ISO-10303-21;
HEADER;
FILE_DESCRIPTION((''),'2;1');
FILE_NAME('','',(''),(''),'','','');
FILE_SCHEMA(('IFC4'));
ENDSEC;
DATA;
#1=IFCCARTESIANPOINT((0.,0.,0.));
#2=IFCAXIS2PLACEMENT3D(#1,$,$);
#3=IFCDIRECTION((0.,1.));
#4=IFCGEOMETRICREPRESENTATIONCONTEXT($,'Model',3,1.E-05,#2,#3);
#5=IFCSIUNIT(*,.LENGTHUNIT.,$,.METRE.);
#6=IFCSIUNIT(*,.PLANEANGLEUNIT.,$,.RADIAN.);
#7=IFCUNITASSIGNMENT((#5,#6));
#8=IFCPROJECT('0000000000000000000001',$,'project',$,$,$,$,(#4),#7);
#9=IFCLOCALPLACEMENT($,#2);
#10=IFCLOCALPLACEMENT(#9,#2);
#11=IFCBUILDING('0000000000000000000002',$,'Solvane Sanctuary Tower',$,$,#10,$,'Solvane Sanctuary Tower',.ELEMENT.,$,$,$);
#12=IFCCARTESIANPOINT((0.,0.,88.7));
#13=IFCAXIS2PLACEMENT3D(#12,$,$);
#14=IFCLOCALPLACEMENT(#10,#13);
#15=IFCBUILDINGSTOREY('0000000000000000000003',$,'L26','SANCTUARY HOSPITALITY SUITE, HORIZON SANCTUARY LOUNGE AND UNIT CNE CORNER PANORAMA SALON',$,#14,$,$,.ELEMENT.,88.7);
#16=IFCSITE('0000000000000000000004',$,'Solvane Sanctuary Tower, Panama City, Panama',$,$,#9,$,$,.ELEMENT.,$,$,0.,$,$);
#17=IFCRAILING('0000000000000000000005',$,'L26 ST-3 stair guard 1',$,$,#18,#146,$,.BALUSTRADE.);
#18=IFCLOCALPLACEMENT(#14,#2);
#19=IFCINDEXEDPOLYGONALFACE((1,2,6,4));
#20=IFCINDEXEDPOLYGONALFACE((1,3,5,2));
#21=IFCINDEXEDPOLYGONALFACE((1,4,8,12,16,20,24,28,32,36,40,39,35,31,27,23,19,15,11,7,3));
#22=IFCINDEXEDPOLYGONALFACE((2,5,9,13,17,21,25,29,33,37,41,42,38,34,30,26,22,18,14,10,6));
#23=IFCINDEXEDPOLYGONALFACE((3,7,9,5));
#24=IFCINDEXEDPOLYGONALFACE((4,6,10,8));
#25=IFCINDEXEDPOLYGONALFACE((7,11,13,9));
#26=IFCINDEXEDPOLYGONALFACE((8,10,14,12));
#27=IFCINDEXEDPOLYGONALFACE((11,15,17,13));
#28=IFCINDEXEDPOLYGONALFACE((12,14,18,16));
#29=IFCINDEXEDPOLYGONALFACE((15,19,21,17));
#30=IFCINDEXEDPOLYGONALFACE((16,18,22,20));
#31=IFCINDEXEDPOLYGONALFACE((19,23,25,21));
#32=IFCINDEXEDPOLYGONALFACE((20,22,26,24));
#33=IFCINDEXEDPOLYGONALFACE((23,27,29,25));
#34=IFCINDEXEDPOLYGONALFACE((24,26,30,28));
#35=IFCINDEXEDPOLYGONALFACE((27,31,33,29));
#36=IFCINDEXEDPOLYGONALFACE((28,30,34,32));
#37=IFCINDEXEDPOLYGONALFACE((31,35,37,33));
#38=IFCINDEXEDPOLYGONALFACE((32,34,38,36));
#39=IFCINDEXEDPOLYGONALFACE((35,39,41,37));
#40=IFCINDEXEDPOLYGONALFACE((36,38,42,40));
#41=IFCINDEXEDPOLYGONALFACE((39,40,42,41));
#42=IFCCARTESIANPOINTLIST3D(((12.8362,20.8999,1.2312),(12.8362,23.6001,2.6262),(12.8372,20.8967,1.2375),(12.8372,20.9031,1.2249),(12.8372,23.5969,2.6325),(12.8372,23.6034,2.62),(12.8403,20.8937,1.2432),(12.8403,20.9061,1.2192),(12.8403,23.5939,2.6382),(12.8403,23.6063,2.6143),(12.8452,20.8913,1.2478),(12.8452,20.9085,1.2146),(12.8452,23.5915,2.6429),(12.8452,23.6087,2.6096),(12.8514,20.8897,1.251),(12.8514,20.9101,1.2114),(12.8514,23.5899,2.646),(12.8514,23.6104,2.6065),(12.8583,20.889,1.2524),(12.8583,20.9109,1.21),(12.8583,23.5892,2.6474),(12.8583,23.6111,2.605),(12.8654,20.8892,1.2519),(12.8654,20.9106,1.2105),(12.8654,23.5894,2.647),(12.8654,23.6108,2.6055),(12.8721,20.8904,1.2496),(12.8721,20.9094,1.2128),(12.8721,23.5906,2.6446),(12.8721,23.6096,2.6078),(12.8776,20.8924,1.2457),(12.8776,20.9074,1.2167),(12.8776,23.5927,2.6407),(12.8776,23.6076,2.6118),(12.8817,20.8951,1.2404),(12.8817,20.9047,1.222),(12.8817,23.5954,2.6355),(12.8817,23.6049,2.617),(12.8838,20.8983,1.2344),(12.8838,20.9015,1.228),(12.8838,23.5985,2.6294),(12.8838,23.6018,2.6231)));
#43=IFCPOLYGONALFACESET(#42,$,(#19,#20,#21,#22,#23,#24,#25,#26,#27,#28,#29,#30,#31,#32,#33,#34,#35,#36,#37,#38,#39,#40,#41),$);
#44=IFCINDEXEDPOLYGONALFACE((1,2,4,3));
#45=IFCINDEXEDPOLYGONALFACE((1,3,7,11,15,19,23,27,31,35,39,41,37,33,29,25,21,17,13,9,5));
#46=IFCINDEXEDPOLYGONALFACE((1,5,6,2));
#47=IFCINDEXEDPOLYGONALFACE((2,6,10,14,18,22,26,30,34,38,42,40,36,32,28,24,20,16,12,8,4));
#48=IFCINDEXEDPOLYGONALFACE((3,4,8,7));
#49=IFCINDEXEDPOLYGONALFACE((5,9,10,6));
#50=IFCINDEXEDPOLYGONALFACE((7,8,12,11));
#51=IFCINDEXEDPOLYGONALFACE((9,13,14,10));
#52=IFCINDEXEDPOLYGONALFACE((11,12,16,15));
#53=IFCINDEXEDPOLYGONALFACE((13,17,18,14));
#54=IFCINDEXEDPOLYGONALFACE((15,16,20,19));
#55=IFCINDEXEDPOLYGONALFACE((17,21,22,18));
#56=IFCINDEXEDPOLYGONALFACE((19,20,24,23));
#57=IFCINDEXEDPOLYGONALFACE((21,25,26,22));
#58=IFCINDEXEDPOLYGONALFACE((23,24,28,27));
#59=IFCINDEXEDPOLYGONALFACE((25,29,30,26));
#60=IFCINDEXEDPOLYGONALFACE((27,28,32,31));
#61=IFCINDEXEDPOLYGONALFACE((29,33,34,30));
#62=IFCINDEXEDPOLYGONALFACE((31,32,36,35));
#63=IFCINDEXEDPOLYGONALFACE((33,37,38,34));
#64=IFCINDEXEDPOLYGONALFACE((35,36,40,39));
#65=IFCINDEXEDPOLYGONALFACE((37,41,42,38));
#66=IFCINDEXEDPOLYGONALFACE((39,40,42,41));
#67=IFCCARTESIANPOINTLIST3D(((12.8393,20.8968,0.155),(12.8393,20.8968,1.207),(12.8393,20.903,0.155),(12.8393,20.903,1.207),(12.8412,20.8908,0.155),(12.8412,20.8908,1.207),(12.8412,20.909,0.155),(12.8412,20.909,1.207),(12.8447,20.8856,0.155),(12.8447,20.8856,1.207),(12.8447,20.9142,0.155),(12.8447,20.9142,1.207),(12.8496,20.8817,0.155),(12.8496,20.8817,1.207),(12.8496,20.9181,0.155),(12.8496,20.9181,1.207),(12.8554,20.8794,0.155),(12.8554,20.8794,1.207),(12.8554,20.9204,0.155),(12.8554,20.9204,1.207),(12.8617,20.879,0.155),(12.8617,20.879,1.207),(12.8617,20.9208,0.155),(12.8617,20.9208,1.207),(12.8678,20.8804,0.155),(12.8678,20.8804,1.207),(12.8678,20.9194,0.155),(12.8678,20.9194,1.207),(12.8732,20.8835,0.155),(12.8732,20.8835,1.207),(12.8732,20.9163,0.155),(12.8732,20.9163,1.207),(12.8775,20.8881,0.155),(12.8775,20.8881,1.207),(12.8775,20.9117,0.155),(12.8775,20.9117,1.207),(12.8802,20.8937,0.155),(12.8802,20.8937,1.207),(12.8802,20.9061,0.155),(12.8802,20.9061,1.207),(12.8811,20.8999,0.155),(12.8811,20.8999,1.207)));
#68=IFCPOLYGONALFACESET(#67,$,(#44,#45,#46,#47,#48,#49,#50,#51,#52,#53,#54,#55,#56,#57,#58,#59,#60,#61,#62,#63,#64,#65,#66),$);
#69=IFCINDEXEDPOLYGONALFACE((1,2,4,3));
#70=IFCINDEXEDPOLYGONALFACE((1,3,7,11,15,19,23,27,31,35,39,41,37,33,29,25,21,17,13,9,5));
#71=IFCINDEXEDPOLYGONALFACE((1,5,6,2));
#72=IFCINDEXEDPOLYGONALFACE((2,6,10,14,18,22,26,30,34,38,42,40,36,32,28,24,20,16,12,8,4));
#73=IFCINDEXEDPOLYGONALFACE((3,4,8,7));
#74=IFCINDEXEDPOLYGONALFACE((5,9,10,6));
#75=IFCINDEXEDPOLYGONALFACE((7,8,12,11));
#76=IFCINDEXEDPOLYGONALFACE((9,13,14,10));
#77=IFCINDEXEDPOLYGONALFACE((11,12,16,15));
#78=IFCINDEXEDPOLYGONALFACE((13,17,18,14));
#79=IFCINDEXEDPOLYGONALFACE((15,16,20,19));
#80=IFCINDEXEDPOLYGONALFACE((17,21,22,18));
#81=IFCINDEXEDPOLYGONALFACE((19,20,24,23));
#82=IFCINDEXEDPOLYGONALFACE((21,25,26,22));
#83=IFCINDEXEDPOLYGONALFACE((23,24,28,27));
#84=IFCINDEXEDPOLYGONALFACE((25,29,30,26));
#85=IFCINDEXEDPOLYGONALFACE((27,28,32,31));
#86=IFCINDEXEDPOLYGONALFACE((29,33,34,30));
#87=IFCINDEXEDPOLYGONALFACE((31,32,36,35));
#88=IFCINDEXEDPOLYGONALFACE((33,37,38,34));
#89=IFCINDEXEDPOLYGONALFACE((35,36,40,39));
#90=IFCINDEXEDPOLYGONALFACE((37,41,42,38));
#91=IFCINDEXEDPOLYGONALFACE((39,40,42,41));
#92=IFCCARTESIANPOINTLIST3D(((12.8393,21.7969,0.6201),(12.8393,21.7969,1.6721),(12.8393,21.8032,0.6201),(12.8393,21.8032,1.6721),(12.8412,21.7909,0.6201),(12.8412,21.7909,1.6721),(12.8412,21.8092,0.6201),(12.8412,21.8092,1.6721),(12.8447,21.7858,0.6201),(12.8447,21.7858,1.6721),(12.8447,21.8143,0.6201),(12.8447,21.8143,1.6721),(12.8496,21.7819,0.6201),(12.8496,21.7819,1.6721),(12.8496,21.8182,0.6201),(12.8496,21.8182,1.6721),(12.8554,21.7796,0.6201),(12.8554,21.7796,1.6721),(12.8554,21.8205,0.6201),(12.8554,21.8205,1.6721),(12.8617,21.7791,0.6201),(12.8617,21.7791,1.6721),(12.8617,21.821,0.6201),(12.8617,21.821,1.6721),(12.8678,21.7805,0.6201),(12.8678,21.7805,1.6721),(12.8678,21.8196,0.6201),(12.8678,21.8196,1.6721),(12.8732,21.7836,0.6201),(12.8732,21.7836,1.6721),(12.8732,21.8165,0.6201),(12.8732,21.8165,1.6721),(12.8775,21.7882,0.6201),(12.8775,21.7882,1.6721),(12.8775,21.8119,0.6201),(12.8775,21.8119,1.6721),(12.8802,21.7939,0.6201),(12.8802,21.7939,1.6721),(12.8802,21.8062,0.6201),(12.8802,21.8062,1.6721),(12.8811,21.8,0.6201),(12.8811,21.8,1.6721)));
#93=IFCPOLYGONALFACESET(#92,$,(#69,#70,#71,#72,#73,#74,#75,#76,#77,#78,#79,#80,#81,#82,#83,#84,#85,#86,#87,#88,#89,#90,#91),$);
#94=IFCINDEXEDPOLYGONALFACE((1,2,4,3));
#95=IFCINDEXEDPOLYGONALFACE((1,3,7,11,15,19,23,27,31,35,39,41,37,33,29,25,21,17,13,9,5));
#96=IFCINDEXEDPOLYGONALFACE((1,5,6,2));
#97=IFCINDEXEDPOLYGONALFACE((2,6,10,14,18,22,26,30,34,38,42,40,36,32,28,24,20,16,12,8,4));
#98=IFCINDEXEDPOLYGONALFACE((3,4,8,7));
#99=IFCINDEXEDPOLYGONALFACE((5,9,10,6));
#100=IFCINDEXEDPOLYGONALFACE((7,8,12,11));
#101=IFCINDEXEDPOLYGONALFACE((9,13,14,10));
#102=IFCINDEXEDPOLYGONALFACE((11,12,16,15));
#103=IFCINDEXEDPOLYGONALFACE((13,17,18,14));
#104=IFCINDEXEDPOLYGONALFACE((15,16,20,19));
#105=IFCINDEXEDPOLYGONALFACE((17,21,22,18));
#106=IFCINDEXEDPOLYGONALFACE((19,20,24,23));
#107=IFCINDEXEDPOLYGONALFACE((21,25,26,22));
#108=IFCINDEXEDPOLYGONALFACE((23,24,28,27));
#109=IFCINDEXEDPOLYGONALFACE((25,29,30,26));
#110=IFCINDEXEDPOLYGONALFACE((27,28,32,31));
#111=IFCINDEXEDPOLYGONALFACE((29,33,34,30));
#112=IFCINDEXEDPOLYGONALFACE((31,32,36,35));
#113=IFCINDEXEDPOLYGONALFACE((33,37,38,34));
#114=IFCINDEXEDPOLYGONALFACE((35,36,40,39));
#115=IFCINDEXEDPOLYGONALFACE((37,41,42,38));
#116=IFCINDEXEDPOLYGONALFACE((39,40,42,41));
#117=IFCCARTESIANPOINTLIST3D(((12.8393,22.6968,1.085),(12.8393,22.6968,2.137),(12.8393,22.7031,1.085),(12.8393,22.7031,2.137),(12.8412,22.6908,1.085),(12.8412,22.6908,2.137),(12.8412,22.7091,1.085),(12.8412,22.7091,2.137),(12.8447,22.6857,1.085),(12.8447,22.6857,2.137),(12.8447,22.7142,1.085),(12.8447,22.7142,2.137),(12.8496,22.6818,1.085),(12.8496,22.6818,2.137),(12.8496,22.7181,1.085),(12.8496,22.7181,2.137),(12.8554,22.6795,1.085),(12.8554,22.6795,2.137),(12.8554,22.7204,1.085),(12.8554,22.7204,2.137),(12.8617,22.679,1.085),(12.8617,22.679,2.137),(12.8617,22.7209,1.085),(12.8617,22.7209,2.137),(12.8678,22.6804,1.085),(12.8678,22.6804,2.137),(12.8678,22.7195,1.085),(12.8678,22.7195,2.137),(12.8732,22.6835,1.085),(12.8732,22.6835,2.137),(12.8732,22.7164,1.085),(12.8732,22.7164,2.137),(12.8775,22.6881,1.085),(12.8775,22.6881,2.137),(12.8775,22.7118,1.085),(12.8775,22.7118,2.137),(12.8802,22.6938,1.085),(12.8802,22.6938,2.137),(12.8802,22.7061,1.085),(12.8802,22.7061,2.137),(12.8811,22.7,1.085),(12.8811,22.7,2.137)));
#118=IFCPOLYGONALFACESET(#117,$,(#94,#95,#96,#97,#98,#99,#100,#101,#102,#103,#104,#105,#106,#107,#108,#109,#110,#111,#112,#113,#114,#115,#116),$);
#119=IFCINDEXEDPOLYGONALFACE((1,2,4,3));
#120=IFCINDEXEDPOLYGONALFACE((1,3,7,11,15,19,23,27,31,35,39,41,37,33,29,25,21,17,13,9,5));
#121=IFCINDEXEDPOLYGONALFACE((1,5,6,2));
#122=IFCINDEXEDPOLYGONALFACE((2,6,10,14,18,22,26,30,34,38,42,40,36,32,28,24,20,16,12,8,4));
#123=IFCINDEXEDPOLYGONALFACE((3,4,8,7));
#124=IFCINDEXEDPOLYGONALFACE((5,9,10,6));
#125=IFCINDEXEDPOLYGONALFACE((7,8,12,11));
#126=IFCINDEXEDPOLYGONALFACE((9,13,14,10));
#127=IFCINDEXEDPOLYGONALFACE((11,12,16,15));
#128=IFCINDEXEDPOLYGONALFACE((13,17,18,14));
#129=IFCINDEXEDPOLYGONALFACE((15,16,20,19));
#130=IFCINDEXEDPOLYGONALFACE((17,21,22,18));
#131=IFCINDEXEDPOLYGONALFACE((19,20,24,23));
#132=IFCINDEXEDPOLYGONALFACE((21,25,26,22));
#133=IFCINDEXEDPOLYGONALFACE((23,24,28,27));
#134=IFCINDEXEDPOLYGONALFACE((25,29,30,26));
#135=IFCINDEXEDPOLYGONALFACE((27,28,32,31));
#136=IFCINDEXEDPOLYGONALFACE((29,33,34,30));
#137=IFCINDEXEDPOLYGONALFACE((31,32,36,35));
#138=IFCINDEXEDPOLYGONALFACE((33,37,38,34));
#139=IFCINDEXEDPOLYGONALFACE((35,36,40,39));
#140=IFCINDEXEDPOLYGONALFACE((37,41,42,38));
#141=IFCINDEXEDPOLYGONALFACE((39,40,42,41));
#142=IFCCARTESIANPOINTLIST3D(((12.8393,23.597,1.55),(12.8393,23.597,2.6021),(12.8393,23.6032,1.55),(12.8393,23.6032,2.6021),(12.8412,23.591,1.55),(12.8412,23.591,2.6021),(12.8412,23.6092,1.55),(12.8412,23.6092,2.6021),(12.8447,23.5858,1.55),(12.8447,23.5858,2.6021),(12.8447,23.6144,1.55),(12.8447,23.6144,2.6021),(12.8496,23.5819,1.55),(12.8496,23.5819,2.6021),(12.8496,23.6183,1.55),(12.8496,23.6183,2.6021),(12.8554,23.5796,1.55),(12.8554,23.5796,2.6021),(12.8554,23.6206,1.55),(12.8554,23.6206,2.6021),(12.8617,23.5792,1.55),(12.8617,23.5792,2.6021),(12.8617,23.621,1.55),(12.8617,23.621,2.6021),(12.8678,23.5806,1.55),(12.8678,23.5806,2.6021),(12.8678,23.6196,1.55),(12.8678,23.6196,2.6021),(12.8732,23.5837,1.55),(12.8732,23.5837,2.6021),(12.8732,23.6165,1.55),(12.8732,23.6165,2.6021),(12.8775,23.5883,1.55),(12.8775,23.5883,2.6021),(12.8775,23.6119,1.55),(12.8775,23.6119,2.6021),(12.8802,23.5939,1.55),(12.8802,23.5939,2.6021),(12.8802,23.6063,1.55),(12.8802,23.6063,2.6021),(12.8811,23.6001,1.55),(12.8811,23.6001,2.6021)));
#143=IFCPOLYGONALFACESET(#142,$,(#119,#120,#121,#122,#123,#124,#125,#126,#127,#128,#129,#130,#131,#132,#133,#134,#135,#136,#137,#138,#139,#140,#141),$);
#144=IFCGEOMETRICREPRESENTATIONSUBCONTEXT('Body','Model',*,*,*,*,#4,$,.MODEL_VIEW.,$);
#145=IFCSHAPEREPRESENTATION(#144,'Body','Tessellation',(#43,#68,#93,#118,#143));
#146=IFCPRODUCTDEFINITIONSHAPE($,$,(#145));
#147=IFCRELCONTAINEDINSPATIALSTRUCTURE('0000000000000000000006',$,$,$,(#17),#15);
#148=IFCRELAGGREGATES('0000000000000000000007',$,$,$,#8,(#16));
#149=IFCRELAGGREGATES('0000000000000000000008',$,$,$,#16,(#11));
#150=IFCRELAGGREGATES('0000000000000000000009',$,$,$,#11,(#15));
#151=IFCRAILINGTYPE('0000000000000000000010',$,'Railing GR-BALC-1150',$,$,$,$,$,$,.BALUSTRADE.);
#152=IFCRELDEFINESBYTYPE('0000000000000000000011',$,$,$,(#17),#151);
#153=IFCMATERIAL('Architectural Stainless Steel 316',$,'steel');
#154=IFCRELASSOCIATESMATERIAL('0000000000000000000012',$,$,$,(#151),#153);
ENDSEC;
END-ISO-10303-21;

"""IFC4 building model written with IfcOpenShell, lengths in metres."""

from ifc_helpers import new_model, si_unit, direction, frame, origin, origin_2d, place, context, subcontext, project, spatial, circle, extrude, material, type_object, element, save


model = new_model("IFC4")

# Units and contexts
model_context = context("Model", 3, precision=1e-05, world=origin(), true_north=direction((0.0, 1.0)))
body_context = subcontext(model_context, "Body", "Model", "MODEL_VIEW")
ifc_project = project(units=[si_unit("LENGTHUNIT", "METRE"), si_unit("PLANEANGLEUNIT", "RADIAN")], contexts=[model_context])

# Site, building, storey
site_placement = place(None, origin())
site = spatial("IfcSite", under=ifc_project, at=site_placement, Name="Solvane Sanctuary Tower, Panama City, Panama", CompositionType="ELEMENT", RefElevation=0.0)
building_placement = place(site_placement, origin())
building = spatial("IfcBuilding", under=site, at=building_placement, Name="Solvane Sanctuary Tower", LongName="Solvane Sanctuary Tower", CompositionType="ELEMENT")
storey_placement = place(building_placement, frame((0.0, 0.0, 88.7)))
storey = spatial("IfcBuildingStorey", under=building, at=storey_placement, Name="L26", Description="SANCTUARY HOSPITALITY SUITE, HORIZON SANCTUARY LOUNGE AND UNIT CNE CORNER PANORAMA SALON", CompositionType="ELEMENT", Elevation=88.7)

# Shared definitions
ifc_material_1 = material(Name="Architectural Stainless Steel 316", Category="steel")

# Railing
railing_type_1 = type_object("IfcRailingType", Name="Railing GR-BALC-1150", PredefinedType="BALUSTRADE", material=ifc_material_1)
railing_1_placement = place(storey_placement, frame((12.8601, 20.8999, 0.155)))
element("IfcRailing", 1, at=railing_1_placement, inside=storey, type_object=railing_type_1, Name="L26 ST-3 stair guard 1", PredefinedType="BALUSTRADE", context=body_context, shape_type="SweptSolid", body=[
    extrude(circle(Radius=0.0239, at=origin_2d()), frame((0.0, 0.0, 1.0762), z_axis=(0.0, 0.888437, 0.458999), x_axis=(-1.0, 0.0, 0.0)), (0.0, 0.0, 1.0), 3.0393),
    extrude(circle(Radius=0.021, at=origin_2d()), origin(), (0.0, 0.0, 1.0), 1.052),
    extrude(circle(Radius=0.021, at=origin_2d()), frame((0.0, 0.9001, 0.4651)), (0.0, 0.0, 1.0), 1.052),
    extrude(circle(Radius=0.021, at=origin_2d()), frame((0.0, 1.8, 0.9299)), (0.0, 0.0, 1.0), 1.052),
    extrude(circle(Radius=0.021, at=origin_2d()), frame((0.0, 2.7002, 1.395)), (0.0, 0.0, 1.0), 1.052),
])

save(model, "model.ifc")
